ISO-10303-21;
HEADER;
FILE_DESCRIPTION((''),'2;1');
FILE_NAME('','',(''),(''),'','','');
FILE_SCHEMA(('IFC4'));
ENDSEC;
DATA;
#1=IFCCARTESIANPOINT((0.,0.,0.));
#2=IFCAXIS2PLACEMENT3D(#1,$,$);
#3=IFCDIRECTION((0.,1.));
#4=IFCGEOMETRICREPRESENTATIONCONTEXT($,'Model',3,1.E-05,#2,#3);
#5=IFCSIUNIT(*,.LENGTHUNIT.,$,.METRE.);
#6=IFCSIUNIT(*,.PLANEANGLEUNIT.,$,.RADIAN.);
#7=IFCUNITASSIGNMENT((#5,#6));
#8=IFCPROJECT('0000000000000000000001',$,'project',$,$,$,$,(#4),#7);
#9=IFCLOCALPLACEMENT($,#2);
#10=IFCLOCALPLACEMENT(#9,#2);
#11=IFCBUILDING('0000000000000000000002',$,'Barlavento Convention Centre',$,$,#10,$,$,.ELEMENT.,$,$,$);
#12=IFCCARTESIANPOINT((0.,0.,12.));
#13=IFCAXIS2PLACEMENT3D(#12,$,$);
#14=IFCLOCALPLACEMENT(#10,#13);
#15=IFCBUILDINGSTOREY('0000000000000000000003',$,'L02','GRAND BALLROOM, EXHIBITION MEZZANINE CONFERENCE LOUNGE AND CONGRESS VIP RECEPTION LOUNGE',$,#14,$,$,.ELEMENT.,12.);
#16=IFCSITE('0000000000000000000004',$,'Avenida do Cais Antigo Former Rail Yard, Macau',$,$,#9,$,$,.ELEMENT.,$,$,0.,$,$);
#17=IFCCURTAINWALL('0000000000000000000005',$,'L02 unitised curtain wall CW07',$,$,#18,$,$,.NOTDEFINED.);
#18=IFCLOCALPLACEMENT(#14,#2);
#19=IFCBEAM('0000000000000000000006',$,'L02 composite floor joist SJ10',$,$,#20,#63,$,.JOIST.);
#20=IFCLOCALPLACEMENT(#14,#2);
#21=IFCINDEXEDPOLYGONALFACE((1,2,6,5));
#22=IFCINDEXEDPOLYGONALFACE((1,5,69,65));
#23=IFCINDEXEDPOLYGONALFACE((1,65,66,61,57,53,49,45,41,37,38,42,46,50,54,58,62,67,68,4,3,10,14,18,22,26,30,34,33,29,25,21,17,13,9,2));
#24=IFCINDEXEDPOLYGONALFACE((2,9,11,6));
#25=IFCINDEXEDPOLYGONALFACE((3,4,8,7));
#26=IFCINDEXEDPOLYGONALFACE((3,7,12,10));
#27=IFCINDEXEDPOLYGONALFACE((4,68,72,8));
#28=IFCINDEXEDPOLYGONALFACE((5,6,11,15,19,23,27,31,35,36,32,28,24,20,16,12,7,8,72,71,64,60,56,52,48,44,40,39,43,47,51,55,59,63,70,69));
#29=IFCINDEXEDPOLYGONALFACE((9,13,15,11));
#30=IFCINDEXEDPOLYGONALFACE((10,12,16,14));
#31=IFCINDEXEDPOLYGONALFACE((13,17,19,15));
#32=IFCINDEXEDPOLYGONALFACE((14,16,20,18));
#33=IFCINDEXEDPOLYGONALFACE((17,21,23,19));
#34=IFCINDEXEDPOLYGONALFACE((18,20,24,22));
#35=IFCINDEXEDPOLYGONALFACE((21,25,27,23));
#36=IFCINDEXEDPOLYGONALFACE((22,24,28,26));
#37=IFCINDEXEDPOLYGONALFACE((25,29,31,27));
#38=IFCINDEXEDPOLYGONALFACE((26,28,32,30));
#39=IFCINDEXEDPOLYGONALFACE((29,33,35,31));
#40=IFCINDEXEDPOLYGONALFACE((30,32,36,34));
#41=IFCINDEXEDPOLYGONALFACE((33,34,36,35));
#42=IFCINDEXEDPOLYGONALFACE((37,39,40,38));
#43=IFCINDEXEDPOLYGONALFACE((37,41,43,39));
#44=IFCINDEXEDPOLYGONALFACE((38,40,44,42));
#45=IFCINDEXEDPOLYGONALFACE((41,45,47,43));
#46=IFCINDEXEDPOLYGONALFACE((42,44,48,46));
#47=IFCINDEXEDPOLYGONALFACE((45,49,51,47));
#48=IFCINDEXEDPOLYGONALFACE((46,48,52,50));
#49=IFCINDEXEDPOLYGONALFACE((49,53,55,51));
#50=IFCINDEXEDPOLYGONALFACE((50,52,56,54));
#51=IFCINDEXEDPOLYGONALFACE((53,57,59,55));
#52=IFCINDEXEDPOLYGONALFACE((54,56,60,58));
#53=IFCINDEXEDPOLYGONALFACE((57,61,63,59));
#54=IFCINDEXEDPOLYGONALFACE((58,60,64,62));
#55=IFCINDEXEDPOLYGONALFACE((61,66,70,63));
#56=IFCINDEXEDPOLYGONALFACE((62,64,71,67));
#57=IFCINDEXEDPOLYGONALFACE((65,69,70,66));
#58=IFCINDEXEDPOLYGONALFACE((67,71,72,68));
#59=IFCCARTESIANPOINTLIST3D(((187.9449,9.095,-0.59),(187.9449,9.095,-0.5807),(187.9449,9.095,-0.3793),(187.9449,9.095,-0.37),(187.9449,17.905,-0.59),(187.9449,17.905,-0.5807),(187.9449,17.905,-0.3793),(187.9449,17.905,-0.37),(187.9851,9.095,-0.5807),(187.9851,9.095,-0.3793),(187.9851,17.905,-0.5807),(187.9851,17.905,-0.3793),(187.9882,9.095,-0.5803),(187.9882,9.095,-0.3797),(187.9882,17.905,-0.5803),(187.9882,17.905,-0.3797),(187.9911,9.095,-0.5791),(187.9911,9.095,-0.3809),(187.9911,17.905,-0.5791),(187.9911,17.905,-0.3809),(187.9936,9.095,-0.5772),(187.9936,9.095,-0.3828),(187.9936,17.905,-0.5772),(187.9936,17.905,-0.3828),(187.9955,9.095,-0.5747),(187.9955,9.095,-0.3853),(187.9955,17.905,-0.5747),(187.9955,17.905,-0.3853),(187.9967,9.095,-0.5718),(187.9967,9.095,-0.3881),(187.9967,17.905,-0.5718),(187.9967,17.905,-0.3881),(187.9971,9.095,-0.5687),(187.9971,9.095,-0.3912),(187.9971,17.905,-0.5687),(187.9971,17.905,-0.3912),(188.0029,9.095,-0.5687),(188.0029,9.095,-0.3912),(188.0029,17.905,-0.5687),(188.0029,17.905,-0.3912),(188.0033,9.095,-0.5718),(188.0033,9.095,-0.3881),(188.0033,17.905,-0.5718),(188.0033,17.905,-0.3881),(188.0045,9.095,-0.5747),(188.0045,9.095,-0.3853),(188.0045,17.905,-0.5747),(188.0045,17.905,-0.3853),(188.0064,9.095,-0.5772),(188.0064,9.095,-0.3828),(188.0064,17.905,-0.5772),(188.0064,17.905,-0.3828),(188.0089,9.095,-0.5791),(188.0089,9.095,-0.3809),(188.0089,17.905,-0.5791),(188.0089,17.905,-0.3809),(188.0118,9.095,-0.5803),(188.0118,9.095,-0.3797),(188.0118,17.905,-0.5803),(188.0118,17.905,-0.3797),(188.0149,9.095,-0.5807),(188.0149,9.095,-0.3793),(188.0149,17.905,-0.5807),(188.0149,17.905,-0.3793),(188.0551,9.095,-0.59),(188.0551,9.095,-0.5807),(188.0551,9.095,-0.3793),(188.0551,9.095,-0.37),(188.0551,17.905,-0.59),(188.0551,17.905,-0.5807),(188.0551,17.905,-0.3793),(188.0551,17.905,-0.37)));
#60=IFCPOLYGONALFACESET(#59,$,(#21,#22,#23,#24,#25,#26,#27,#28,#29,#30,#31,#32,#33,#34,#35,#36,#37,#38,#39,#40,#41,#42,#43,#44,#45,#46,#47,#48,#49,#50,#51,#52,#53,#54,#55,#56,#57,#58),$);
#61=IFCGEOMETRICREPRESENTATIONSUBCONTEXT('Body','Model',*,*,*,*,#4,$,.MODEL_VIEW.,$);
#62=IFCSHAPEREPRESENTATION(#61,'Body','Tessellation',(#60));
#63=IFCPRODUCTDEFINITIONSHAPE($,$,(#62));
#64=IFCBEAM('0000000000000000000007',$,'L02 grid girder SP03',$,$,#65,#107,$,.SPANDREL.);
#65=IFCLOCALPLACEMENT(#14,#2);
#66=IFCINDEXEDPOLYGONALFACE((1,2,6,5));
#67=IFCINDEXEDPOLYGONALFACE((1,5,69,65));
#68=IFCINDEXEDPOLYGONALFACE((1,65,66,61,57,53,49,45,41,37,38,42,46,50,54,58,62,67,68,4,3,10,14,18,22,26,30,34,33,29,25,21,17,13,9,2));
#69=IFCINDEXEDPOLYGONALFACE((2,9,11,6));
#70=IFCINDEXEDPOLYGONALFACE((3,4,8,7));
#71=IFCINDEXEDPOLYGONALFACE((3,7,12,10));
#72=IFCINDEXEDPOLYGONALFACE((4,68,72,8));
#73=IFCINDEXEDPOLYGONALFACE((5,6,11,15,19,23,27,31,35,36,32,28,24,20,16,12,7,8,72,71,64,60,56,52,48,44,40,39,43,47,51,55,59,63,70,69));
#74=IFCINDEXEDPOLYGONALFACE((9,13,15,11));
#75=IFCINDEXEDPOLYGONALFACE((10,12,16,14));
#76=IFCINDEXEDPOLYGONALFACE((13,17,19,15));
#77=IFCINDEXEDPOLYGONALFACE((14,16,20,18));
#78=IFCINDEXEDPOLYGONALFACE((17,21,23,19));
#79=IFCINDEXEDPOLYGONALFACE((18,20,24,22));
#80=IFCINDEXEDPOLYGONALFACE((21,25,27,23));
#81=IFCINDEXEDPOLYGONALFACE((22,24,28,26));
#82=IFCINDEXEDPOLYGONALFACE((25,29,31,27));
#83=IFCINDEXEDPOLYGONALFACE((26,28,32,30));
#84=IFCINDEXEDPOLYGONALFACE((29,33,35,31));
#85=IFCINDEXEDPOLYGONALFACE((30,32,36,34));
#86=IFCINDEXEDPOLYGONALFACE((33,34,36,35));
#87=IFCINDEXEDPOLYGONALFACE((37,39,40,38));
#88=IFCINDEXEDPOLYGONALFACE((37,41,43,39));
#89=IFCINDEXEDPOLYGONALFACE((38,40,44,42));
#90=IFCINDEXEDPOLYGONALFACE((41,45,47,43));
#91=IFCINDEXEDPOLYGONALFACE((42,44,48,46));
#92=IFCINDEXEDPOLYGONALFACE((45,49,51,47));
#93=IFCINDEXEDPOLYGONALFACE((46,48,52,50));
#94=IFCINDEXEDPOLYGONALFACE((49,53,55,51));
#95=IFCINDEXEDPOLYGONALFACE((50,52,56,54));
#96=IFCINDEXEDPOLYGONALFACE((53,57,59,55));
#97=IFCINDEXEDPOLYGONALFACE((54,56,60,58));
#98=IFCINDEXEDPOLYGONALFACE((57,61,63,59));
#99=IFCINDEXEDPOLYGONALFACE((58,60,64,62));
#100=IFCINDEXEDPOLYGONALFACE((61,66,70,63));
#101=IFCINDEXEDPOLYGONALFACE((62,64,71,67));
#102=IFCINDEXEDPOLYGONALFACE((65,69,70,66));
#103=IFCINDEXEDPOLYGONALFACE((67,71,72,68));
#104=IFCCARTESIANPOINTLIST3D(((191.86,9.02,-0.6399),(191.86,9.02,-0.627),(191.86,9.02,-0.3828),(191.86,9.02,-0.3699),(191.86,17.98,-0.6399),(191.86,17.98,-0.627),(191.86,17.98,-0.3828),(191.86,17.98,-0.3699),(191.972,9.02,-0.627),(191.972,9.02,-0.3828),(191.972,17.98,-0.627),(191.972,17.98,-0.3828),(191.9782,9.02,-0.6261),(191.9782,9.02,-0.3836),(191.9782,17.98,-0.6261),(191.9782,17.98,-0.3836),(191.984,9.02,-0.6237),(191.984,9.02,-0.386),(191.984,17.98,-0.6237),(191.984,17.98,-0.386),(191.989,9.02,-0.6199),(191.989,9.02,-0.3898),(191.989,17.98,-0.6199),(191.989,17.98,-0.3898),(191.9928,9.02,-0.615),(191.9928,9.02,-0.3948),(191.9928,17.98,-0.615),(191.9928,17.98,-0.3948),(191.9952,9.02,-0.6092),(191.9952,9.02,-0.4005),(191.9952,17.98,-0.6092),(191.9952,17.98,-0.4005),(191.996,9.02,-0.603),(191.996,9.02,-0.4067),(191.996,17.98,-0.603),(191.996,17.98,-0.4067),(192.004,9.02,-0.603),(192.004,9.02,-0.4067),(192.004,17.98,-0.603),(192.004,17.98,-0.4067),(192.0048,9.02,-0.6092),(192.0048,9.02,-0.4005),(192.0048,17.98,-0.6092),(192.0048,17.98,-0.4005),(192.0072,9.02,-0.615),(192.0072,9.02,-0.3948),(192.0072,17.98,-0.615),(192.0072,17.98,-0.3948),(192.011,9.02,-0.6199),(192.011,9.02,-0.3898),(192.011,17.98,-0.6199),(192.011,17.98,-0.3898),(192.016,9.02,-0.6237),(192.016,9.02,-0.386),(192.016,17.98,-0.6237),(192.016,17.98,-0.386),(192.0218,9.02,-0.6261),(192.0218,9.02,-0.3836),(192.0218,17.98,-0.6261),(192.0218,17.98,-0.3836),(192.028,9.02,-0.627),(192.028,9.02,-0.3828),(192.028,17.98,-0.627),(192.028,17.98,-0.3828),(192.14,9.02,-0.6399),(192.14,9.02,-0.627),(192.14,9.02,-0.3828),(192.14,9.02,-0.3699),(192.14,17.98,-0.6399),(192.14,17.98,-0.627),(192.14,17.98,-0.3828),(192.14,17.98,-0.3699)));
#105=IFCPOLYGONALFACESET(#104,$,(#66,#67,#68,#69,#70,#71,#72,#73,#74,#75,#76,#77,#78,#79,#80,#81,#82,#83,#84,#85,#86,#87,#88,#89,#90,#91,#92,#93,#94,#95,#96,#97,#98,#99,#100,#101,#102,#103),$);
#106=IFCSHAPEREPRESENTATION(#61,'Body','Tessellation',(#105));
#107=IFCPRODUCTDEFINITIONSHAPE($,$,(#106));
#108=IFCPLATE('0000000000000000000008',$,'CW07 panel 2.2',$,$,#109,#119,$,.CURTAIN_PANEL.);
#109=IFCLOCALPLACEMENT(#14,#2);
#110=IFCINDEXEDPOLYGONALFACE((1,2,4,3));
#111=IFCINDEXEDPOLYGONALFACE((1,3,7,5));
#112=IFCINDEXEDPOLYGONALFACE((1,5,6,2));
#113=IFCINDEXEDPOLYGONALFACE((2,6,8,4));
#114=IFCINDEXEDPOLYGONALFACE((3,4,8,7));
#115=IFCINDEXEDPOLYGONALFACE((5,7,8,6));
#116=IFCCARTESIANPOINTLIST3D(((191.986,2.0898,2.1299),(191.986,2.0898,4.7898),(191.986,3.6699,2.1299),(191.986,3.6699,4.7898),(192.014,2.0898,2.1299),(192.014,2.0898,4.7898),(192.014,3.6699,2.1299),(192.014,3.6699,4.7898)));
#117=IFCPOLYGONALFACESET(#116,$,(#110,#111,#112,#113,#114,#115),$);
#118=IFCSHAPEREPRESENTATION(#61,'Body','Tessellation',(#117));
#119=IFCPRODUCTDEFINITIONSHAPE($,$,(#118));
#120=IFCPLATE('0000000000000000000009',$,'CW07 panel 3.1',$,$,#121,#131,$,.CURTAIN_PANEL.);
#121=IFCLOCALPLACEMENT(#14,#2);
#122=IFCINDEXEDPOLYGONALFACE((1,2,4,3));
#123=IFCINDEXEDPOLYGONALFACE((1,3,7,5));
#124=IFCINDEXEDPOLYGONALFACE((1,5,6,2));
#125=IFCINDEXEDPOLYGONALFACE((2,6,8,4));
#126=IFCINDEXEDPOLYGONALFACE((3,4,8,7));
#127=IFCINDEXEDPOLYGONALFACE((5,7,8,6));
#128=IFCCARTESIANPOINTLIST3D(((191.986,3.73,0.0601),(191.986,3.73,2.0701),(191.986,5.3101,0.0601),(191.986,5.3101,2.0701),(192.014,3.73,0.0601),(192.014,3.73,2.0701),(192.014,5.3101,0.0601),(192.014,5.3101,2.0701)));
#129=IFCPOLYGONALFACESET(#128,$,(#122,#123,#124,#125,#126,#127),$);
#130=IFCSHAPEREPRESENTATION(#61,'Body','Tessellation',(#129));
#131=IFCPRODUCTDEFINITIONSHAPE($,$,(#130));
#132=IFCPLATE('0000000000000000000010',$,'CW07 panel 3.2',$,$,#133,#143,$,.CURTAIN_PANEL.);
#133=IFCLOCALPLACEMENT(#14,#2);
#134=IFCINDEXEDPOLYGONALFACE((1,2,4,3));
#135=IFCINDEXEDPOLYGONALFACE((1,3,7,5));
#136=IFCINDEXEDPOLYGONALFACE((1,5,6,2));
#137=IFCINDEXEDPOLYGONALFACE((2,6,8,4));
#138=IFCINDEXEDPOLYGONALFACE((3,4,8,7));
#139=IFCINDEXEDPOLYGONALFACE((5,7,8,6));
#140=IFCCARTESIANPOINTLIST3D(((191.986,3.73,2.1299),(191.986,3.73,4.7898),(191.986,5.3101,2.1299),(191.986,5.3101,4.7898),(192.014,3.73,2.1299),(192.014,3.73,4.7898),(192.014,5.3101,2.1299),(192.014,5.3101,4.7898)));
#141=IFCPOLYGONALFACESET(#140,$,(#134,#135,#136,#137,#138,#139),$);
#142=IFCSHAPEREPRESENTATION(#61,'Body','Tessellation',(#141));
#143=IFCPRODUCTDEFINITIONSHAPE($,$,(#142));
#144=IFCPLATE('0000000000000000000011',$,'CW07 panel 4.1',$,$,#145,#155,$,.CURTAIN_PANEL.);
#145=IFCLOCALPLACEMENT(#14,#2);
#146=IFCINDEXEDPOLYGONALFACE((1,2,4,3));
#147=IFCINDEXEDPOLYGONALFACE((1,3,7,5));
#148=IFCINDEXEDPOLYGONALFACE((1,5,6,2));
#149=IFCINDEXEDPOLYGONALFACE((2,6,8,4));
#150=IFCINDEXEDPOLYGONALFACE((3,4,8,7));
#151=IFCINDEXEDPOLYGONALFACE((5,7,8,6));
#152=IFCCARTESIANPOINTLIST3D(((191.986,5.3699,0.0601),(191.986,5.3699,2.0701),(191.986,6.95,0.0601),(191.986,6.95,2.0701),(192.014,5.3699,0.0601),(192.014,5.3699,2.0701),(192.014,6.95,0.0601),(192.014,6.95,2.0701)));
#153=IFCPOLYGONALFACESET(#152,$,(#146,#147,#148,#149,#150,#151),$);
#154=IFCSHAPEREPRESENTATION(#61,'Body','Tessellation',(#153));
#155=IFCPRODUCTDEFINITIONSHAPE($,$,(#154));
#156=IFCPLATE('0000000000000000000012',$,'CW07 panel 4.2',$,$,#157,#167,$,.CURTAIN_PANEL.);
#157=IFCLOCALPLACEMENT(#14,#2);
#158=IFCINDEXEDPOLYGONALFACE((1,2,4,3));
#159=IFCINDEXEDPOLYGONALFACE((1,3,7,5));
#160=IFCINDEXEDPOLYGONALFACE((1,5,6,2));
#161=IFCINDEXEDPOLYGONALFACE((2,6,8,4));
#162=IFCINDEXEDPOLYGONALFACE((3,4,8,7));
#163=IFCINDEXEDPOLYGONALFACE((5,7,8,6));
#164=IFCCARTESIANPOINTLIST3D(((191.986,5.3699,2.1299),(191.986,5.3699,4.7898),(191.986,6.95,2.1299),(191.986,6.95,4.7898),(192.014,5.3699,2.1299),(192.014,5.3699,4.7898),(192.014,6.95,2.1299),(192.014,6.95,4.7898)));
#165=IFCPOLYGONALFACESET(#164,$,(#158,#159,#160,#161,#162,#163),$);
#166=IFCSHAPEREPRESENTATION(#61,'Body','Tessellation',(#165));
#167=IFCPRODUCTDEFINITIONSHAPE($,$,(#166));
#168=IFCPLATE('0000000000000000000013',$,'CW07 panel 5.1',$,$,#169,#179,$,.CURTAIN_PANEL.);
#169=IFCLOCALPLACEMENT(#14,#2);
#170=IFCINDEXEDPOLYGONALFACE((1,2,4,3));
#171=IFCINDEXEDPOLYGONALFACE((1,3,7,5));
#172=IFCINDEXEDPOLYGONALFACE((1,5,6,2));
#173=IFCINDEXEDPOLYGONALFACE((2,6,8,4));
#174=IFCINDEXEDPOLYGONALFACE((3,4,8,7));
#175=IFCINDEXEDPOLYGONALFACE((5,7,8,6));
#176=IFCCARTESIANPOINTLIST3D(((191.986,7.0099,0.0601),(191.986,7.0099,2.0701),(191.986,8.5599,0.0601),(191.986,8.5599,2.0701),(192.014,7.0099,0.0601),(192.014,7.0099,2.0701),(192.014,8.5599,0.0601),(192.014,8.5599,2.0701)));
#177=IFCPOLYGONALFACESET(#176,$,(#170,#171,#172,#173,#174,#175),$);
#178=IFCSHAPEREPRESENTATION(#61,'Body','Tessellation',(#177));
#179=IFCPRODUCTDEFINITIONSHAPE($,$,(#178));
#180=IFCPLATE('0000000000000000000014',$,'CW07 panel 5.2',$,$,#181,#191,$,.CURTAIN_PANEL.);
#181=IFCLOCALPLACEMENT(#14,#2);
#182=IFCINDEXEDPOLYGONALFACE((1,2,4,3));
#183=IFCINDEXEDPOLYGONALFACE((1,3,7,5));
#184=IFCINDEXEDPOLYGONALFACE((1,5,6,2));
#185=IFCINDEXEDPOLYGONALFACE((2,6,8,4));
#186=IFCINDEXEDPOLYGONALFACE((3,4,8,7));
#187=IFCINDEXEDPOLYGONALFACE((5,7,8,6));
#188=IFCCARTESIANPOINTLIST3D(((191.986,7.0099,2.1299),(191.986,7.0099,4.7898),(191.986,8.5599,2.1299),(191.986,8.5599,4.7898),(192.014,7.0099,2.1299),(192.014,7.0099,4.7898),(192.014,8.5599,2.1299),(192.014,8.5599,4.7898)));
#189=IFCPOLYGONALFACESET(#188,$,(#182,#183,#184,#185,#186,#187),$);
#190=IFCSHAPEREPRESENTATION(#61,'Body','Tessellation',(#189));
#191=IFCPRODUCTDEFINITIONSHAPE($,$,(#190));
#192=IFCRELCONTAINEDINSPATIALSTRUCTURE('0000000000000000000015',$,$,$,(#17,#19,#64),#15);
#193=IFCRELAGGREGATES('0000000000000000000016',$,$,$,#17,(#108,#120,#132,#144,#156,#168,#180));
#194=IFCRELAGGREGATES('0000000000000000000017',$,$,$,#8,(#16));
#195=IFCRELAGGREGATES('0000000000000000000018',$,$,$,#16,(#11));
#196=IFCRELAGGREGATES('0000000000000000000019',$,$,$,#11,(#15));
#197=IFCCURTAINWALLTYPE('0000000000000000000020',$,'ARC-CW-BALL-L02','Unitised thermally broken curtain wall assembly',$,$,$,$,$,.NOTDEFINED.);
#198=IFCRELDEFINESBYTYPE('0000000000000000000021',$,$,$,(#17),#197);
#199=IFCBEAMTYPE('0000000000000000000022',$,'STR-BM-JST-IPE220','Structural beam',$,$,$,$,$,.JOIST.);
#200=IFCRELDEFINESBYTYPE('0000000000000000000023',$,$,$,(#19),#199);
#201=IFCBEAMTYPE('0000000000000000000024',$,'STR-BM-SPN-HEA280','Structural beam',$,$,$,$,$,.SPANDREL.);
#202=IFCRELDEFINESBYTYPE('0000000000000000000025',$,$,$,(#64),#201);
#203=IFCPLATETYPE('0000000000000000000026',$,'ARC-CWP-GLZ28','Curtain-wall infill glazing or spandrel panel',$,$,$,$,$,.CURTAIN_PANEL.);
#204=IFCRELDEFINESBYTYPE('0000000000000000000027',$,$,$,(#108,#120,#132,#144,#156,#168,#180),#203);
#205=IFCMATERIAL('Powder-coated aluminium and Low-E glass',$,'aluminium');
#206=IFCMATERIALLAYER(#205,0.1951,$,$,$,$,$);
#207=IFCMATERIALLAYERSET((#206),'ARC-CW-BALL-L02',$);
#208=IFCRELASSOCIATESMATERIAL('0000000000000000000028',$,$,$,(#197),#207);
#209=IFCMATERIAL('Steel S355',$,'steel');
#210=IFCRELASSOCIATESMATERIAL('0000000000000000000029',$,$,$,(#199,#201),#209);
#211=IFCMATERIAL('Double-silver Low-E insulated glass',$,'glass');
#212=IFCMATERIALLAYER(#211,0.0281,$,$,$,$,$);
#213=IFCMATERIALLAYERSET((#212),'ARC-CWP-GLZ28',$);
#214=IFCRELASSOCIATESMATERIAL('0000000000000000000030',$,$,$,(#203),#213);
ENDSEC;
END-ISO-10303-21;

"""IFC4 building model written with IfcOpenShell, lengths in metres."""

from ifc_helpers import new_model, si_unit, direction, frame, origin, origin_2d, place, context, subcontext, project, spatial, rectangle, i_section, extrude, material, layer, layer_set, material_profile, profile_set, type_object, element, aggregate, save


model = new_model("IFC4")

# Units and contexts
model_context = context("Model", 3, precision=1e-05, world=origin(), true_north=direction((0.0, 1.0)))
body_context = subcontext(model_context, "Body", "Model", "MODEL_VIEW")
ifc_project = project(units=[si_unit("LENGTHUNIT", "METRE"), si_unit("PLANEANGLEUNIT", "RADIAN")], contexts=[model_context])

# Site, building, storey
site_placement = place(None, origin())
site = spatial("IfcSite", under=ifc_project, at=site_placement, Name="Avenida do Cais Antigo Former Rail Yard, Macau", CompositionType="ELEMENT", RefElevation=0.0)
building_placement = place(site_placement, origin())
building = spatial("IfcBuilding", under=site, at=building_placement, Name="Barlavento Convention Centre", CompositionType="ELEMENT")
storey_placement = place(building_placement, frame((0.0, 0.0, 12.0)))
storey = spatial("IfcBuildingStorey", under=building, at=storey_placement, Name="L02", Description="GRAND BALLROOM, EXHIBITION MEZZANINE CONFERENCE LOUNGE AND CONGRESS VIP RECEPTION LOUNGE", CompositionType="ELEMENT", Elevation=12.0)

# Shared definitions
ifc_material_1 = material(Name="Steel S355", Category="steel")

# Curtain wall
ifc_material_2 = material(Name="Powder-coated aluminium and Low-E glass", Category="aluminium")
ifc_layer_1 = layer(ifc_material_2, 0.1951)
ifc_layer_set_1 = layer_set([ifc_layer_1], Name="ARC-CW-BALL-L02")
curtain_wall_type = type_object("IfcCurtainWallType", Name="ARC-CW-BALL-L02", Description="Unitised thermally broken curtain wall assembly", PredefinedType="NOTDEFINED", material=ifc_layer_set_1)
curtain_wall_1_placement = place(storey_placement, origin())
curtain_wall_1 = element("IfcCurtainWall", 1, at=curtain_wall_1_placement, inside=storey, type_object=curtain_wall_type, Name="L02 unitised curtain wall CW07", PredefinedType="NOTDEFINED")

# Beams
ifc_material_profile_1 = material_profile(ifc_material_1, i_section(OverallWidth=0.1101, OverallDepth=0.22, WebThickness=0.0059, FlangeThickness=0.0093, FilletRadius=0.012, at=origin_2d()), Name="IPE 220")
ifc_profile_set_1 = profile_set([ifc_material_profile_1], Name="Steel S355")
beam_type_1 = type_object("IfcBeamType", Name="STR-BM-JST-IPE220", Description="Structural beam", PredefinedType="JOIST", material=ifc_profile_set_1)
beam_1_placement = place(storey_placement, frame((188.0, 9.095, -0.48), z_axis=(0.0, 1.0, 0.0), x_axis=(-1.0, 0.0, 0.0)))
element("IfcBeam", 2, at=beam_1_placement, inside=storey, type_object=beam_type_1, Name="L02 composite floor joist SJ10", PredefinedType="JOIST", context=body_context, shape_type="SweptSolid", body=[
    extrude(i_section(OverallWidth=0.1101, OverallDepth=0.22, WebThickness=0.0059, FlangeThickness=0.0093, FilletRadius=0.012, at=origin_2d()), origin(), (0.0, 0.0, 1.0), 8.8101),
])
ifc_material_profile_2 = material_profile(ifc_material_1, i_section(OverallWidth=0.28, OverallDepth=0.27, WebThickness=0.0081, FlangeThickness=0.0129, FilletRadius=0.0239, at=origin_2d()), Name="HEA 280")
ifc_profile_set_2 = profile_set([ifc_material_profile_2], Name="Steel S355")
beam_type_2 = type_object("IfcBeamType", Name="STR-BM-SPN-HEA280", Description="Structural beam", PredefinedType="SPANDREL", material=ifc_profile_set_2)
beam_2_placement = place(storey_placement, frame((192.0, 9.02, -0.5049), z_axis=(0.0, 1.0, 0.0), x_axis=(-1.0, 0.0, 0.0)))
element("IfcBeam", 3, at=beam_2_placement, inside=storey, type_object=beam_type_2, Name="L02 grid girder SP03", PredefinedType="SPANDREL", context=body_context, shape_type="SweptSolid", body=[
    extrude(i_section(OverallWidth=0.28, OverallDepth=0.27, WebThickness=0.0081, FlangeThickness=0.0129, FilletRadius=0.0239, at=origin_2d()), origin(), (0.0, 0.0, 1.0), 8.96),
])

# Plates
ifc_material_3 = material(Name="Double-silver Low-E insulated glass", Category="glass")
ifc_layer_2 = layer(ifc_material_3, 0.0281)
ifc_layer_set_2 = layer_set([ifc_layer_2], Name="ARC-CWP-GLZ28")
plate_type = type_object("IfcPlateType", Name="ARC-CWP-GLZ28", Description="Curtain-wall infill glazing or spandrel panel", PredefinedType="CURTAIN_PANEL", material=ifc_layer_set_2)
plate_1_placement = place(storey_placement, frame((192.0, 2.8799, 2.1299), z_axis=(0.0, 0.0, 1.0), x_axis=(0.0, 1.0, 0.0)))
plate_1 = element("IfcPlate", 4, at=plate_1_placement, type_object=plate_type, Name="CW07 panel 2.2", PredefinedType="CURTAIN_PANEL", context=body_context, shape_type="SweptSolid", body=[
    extrude(rectangle(XDim=1.5801, YDim=0.0281, at=origin_2d()), origin(), (0.0, 0.0, 1.0), 2.6599),
])
plate_2_placement = place(storey_placement, frame((192.0, 4.52, 0.0601), z_axis=(0.0, 0.0, 1.0), x_axis=(0.0, 1.0, 0.0)))
plate_2 = element("IfcPlate", 5, at=plate_2_placement, type_object=plate_type, Name="CW07 panel 3.1", PredefinedType="CURTAIN_PANEL", context=body_context, shape_type="SweptSolid", body=[
    extrude(rectangle(XDim=1.5801, YDim=0.0281, at=origin_2d()), origin(), (0.0, 0.0, 1.0), 2.01),
])
plate_3_placement = place(storey_placement, frame((192.0, 4.52, 2.1299), z_axis=(0.0, 0.0, 1.0), x_axis=(0.0, 1.0, 0.0)))
plate_3 = element("IfcPlate", 6, at=plate_3_placement, type_object=plate_type, Name="CW07 panel 3.2", PredefinedType="CURTAIN_PANEL", context=body_context, shape_type="SweptSolid", body=[
    extrude(rectangle(XDim=1.5801, YDim=0.0281, at=origin_2d()), origin(), (0.0, 0.0, 1.0), 2.6599),
])
plate_4_placement = place(storey_placement, frame((192.0, 6.1599, 0.0601), z_axis=(0.0, 0.0, 1.0), x_axis=(0.0, 1.0, 0.0)))
plate_4 = element("IfcPlate", 7, at=plate_4_placement, type_object=plate_type, Name="CW07 panel 4.1", PredefinedType="CURTAIN_PANEL", context=body_context, shape_type="SweptSolid", body=[
    extrude(rectangle(XDim=1.5801, YDim=0.0281, at=origin_2d()), origin(), (0.0, 0.0, 1.0), 2.01),
])
plate_5_placement = place(storey_placement, frame((192.0, 6.1599, 2.1299), z_axis=(0.0, 0.0, 1.0), x_axis=(0.0, 1.0, 0.0)))
plate_5 = element("IfcPlate", 8, at=plate_5_placement, type_object=plate_type, Name="CW07 panel 4.2", PredefinedType="CURTAIN_PANEL", context=body_context, shape_type="SweptSolid", body=[
    extrude(rectangle(XDim=1.5801, YDim=0.0281, at=origin_2d()), origin(), (0.0, 0.0, 1.0), 2.6599),
])
plate_6_placement = place(storey_placement, frame((192.0, 7.7849, 0.0601), z_axis=(0.0, 0.0, 1.0), x_axis=(0.0, 1.0, 0.0)))
plate_6 = element("IfcPlate", 9, at=plate_6_placement, type_object=plate_type, Name="CW07 panel 5.1", PredefinedType="CURTAIN_PANEL", context=body_context, shape_type="SweptSolid", body=[
    extrude(rectangle(XDim=1.55, YDim=0.0281, at=origin_2d()), origin(), (0.0, 0.0, 1.0), 2.01),
])
plate_7_placement = place(storey_placement, frame((192.0, 7.7849, 2.1299), z_axis=(0.0, 0.0, 1.0), x_axis=(0.0, 1.0, 0.0)))
plate_7 = element("IfcPlate", 10, at=plate_7_placement, type_object=plate_type, Name="CW07 panel 5.2", PredefinedType="CURTAIN_PANEL", context=body_context, shape_type="SweptSolid", body=[
    extrude(rectangle(XDim=1.55, YDim=0.0281, at=origin_2d()), origin(), (0.0, 0.0, 1.0), 2.6599),
])
aggregate(curtain_wall_1, [plate_1, plate_2, plate_3, plate_4, plate_5, plate_6, plate_7])

save(model, "model.ifc")
